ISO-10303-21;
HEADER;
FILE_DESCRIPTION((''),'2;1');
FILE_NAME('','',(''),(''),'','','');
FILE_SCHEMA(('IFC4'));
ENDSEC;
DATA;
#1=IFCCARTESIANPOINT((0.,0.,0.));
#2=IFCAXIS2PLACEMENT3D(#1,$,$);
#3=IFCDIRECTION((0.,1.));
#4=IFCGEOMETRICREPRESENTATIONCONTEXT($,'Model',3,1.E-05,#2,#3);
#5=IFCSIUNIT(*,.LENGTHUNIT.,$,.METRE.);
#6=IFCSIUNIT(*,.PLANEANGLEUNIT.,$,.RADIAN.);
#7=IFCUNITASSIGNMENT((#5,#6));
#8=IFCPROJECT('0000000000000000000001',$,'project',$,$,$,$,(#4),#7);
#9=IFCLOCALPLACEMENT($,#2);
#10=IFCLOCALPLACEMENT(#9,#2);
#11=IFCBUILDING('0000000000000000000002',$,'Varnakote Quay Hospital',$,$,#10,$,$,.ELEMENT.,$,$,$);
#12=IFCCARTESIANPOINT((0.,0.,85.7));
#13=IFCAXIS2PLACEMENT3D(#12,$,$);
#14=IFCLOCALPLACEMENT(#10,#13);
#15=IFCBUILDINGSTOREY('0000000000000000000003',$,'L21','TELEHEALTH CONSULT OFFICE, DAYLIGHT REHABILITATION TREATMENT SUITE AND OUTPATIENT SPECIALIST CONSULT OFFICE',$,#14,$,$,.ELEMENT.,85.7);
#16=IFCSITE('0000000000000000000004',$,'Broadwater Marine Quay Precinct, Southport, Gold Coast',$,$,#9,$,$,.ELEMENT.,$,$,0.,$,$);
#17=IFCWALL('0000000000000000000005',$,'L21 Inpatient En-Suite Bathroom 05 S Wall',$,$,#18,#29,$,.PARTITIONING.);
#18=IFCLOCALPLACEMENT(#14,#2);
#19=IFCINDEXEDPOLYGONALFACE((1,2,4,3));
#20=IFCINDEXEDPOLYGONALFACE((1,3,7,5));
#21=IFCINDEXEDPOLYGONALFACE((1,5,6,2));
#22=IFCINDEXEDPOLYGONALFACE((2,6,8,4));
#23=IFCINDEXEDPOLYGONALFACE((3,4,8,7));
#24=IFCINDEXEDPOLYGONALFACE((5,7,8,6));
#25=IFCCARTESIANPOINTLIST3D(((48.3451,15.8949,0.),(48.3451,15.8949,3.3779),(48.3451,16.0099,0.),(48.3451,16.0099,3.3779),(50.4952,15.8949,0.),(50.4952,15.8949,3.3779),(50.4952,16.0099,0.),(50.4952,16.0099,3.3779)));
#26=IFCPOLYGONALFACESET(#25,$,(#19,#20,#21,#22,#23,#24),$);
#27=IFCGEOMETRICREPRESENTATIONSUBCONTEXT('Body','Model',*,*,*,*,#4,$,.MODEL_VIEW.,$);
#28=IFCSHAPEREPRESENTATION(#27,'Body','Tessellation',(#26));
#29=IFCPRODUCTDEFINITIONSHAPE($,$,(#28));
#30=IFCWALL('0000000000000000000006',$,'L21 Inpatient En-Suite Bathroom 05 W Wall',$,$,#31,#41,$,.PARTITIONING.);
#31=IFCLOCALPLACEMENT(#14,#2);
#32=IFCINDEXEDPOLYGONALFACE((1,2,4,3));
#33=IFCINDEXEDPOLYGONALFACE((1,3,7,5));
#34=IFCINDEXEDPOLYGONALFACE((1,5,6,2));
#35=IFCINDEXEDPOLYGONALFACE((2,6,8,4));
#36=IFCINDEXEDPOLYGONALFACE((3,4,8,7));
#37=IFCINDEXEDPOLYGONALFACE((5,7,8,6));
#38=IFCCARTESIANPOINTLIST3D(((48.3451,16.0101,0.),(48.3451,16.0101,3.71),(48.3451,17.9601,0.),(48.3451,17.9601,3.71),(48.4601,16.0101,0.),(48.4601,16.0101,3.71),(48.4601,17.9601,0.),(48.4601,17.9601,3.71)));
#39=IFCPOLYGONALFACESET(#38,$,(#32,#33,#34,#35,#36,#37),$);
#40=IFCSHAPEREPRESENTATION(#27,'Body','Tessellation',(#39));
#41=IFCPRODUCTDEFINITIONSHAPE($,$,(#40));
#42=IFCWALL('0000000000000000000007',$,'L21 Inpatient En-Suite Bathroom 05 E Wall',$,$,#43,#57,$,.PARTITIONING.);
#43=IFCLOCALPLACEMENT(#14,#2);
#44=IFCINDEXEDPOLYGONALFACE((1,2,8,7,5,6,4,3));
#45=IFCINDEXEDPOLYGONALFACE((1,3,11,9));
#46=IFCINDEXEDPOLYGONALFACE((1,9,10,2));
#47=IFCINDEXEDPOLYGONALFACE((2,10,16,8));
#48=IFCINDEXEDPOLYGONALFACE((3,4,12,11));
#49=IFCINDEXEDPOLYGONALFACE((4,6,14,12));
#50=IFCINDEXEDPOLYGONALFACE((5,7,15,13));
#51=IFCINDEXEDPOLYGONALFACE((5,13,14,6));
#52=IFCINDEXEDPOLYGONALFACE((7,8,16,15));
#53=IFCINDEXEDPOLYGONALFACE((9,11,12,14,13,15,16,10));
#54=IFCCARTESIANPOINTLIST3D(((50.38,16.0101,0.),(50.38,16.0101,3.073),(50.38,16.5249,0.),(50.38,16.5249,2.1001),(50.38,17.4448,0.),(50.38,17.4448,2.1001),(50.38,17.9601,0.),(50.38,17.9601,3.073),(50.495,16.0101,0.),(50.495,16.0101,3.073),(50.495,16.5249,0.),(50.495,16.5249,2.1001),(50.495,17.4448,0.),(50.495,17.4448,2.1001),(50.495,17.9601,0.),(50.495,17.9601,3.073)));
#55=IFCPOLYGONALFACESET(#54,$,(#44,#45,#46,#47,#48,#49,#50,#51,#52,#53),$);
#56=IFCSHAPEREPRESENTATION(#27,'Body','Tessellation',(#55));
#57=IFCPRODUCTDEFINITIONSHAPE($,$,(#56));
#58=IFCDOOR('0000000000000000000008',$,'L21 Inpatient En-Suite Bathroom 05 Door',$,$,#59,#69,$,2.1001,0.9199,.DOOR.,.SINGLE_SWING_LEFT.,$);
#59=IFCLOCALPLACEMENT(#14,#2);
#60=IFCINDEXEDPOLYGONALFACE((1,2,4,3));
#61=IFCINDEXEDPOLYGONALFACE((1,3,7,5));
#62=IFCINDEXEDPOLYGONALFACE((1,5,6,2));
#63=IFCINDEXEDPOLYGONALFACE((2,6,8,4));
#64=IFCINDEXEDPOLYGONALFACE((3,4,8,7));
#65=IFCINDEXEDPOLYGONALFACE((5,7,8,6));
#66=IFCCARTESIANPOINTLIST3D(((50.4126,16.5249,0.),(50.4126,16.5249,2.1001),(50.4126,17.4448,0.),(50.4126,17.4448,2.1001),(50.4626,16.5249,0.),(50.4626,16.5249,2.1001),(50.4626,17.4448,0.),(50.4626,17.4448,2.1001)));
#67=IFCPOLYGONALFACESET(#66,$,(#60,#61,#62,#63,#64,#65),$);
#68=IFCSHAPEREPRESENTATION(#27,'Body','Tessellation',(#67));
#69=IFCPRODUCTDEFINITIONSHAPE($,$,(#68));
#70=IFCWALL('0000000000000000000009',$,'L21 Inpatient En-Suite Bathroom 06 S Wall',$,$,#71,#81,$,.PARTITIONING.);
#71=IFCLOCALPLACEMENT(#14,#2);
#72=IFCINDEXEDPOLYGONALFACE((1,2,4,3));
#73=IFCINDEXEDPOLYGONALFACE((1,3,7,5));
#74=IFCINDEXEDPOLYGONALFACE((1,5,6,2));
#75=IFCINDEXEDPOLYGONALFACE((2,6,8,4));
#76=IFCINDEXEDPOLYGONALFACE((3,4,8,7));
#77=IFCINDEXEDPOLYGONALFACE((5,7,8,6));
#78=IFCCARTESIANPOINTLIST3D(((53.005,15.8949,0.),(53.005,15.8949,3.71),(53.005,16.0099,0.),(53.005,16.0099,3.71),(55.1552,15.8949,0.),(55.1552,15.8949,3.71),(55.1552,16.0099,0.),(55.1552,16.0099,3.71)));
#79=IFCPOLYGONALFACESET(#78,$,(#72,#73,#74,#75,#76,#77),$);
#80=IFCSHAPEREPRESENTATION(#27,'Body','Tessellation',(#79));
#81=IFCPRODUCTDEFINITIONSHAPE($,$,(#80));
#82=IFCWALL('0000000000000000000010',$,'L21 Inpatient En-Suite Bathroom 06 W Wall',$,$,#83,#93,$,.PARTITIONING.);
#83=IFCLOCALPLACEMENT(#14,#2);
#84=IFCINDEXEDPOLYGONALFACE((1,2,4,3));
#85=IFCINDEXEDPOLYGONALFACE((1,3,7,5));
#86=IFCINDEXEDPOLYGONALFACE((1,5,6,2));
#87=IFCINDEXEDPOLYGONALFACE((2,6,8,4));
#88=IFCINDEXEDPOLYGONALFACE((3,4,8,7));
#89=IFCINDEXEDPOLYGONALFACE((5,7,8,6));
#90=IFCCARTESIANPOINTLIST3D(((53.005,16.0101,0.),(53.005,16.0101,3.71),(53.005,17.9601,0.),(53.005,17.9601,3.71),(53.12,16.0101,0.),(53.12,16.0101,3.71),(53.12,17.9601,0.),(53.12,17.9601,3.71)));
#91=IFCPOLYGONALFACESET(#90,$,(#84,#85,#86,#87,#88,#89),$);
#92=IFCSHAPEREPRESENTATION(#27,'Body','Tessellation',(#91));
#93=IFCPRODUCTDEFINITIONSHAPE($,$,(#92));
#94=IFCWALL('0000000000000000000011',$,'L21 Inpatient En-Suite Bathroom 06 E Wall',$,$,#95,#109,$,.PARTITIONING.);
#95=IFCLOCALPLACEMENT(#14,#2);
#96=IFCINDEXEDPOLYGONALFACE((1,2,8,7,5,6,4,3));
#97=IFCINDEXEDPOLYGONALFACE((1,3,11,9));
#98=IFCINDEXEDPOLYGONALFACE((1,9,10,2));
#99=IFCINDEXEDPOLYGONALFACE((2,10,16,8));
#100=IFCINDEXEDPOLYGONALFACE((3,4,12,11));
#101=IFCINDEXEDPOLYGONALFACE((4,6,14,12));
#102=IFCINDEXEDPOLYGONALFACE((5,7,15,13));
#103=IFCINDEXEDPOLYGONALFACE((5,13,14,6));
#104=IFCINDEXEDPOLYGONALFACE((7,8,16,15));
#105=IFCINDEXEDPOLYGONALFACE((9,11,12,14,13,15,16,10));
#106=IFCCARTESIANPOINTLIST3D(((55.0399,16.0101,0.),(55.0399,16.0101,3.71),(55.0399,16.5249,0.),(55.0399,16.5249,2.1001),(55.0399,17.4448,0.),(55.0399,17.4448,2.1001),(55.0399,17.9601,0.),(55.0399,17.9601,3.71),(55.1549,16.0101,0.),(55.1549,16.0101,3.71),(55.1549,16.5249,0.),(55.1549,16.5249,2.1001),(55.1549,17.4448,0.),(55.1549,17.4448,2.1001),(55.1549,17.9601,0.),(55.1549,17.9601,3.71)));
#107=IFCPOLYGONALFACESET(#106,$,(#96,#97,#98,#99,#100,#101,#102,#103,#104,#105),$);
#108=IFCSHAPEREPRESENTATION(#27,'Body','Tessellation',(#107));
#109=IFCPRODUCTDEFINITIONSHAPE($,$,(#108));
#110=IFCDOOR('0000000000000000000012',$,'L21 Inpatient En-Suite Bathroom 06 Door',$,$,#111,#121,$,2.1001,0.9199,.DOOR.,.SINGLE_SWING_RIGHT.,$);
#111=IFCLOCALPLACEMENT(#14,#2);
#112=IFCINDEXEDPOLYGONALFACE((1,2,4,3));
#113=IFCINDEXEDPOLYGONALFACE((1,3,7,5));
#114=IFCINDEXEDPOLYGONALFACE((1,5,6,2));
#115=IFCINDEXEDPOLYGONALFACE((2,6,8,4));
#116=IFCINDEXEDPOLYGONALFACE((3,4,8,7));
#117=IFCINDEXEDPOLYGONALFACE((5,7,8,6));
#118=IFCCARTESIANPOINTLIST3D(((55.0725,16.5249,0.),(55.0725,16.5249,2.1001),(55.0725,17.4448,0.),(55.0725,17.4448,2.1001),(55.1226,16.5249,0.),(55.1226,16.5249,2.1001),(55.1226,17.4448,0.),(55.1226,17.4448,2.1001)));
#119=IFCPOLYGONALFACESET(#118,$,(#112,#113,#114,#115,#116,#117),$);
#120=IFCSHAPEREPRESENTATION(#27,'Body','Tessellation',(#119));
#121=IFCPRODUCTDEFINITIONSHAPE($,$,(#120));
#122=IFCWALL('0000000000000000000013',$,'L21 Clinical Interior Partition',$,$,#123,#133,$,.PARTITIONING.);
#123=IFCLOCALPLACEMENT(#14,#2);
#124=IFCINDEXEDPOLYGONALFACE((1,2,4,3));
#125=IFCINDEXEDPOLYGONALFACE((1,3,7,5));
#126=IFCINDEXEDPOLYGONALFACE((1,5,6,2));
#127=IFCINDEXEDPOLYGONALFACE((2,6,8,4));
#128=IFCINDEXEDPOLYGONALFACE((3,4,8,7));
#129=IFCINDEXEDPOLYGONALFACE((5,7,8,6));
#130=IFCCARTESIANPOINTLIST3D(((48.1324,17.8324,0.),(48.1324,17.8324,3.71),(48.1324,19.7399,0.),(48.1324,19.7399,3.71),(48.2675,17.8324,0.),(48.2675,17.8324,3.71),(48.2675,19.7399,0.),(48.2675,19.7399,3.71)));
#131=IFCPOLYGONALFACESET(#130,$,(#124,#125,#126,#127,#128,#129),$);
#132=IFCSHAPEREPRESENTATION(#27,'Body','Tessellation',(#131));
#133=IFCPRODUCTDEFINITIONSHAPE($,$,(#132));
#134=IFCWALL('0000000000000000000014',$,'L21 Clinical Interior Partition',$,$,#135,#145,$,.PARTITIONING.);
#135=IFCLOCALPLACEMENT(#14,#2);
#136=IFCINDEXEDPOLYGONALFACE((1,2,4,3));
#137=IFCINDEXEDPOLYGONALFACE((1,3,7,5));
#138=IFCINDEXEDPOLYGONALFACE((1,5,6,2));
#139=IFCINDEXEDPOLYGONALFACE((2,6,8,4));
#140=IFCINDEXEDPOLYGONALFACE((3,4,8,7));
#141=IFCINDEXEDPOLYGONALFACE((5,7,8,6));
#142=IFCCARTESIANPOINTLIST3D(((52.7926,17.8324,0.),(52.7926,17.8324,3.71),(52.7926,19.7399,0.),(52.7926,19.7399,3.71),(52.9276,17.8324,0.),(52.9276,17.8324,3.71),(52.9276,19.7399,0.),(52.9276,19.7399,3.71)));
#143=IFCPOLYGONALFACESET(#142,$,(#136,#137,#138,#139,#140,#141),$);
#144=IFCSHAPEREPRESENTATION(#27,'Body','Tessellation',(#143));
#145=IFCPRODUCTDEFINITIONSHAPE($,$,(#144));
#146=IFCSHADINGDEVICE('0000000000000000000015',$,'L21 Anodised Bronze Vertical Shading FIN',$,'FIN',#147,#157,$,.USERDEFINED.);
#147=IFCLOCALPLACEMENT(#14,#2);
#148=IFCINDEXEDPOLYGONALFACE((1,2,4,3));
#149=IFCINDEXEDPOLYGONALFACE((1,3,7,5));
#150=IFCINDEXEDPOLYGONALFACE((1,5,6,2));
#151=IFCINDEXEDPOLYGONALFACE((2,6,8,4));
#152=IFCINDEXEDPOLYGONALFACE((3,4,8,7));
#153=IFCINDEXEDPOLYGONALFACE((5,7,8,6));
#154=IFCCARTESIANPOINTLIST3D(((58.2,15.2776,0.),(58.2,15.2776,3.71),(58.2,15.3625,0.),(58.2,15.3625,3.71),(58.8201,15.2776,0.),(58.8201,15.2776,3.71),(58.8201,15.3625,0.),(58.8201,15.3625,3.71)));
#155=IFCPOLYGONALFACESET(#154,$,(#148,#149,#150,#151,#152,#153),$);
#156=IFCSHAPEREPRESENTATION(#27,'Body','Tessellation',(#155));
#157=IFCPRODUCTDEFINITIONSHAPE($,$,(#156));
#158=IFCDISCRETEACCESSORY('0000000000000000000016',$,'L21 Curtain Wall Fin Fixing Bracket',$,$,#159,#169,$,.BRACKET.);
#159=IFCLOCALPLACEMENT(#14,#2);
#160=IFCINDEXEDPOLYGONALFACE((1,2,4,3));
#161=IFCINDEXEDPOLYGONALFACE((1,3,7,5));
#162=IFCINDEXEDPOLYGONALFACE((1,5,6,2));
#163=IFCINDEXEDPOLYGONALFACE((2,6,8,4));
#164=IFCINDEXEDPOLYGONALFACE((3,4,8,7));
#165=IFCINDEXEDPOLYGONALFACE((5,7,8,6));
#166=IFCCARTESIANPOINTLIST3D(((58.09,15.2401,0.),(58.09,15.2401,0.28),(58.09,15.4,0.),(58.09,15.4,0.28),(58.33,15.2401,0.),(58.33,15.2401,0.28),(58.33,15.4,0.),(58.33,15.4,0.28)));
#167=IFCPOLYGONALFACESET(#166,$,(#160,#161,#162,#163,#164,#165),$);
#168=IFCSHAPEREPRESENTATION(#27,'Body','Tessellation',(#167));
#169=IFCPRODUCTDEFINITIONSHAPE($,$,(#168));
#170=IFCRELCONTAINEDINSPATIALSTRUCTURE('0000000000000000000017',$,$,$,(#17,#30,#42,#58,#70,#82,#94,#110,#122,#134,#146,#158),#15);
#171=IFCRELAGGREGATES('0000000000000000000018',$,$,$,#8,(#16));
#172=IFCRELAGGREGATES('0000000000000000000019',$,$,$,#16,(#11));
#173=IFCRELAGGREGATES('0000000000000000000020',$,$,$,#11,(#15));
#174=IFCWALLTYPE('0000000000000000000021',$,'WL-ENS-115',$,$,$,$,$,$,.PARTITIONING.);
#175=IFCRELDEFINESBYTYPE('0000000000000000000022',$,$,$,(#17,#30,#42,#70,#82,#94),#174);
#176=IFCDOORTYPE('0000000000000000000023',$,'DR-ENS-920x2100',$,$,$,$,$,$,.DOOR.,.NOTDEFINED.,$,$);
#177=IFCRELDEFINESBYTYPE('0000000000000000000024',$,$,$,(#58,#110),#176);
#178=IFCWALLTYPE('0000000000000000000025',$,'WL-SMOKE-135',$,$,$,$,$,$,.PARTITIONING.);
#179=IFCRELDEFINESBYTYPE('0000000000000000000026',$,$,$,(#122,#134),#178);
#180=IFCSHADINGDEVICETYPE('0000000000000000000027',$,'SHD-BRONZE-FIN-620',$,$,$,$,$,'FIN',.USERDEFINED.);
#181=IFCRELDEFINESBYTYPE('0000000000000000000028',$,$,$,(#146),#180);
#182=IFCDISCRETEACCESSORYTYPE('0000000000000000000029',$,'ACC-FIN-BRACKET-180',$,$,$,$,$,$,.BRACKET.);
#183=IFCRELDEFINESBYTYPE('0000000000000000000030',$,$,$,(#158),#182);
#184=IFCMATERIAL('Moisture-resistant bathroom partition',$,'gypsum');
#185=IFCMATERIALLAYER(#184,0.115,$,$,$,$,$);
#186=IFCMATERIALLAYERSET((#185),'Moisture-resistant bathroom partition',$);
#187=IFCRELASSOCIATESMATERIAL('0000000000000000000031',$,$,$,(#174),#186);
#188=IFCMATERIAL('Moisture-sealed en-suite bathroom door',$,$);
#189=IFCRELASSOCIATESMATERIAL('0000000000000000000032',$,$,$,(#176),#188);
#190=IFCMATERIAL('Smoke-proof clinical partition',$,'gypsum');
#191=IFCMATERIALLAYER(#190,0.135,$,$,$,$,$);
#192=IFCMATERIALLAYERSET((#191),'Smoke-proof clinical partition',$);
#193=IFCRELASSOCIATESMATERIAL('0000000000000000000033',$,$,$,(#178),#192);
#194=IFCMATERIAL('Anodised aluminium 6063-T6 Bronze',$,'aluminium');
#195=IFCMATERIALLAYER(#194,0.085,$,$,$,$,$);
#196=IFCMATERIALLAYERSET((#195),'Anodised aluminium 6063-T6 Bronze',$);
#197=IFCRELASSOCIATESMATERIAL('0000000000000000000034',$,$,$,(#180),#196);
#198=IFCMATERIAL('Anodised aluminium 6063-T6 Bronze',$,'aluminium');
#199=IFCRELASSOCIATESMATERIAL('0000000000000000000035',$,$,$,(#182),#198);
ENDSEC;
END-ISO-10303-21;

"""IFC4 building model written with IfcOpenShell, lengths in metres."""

from ifc_helpers import new_model, si_unit, direction, frame, frame_2d, origin, origin_2d, place, context, subcontext, project, spatial, rectangle, extrude, material, layer, layer_set, type_object, element, fill, save


model = new_model("IFC4")

# Units and contexts
model_context = context("Model", 3, precision=1e-05, world=origin(), true_north=direction((0.0, 1.0)))
body_context = subcontext(model_context, "Body", "Model", "MODEL_VIEW")
ifc_project = project(units=[si_unit("LENGTHUNIT", "METRE"), si_unit("PLANEANGLEUNIT", "RADIAN")], contexts=[model_context])

# Site, building, storey
site_placement = place(None, origin())
site = spatial("IfcSite", under=ifc_project, at=site_placement, Name="Broadwater Marine Quay Precinct, Southport, Gold Coast", CompositionType="ELEMENT", RefElevation=0.0)
building_placement = place(site_placement, origin())
building = spatial("IfcBuilding", under=site, at=building_placement, Name="Varnakote Quay Hospital", CompositionType="ELEMENT")
storey_placement = place(building_placement, frame((0.0, 0.0, 85.7)))
storey = spatial("IfcBuildingStorey", under=building, at=storey_placement, Name="L21", Description="TELEHEALTH CONSULT OFFICE, DAYLIGHT REHABILITATION TREATMENT SUITE AND OUTPATIENT SPECIALIST CONSULT OFFICE", CompositionType="ELEMENT", Elevation=85.7)

# Walls
ifc_material_1 = material(Name="Moisture-resistant bathroom partition", Category="gypsum")
ifc_layer_1 = layer(ifc_material_1, 0.115)
ifc_layer_set_1 = layer_set([ifc_layer_1], Name="Moisture-resistant bathroom partition")
wall_type_1 = type_object("IfcWallType", Name="WL-ENS-115", PredefinedType="PARTITIONING", material=ifc_layer_set_1)
wall_1_placement = place(storey_placement, frame((48.345, 15.9524, 0.0), z_axis=(0.0, 0.0, 1.0), x_axis=(1.0, 0.0, 0.0)))
element("IfcWall", 1, at=wall_1_placement, inside=storey, type_object=wall_type_1, Name="L21 Inpatient En-Suite Bathroom 05 S Wall", PredefinedType="PARTITIONING", context=body_context, shape_type="SweptSolid", body=[
    extrude(rectangle(XDim=2.1501, YDim=0.115, at=frame_2d((1.0752, 0.0))), origin(), (0.0, 0.0, 1.0), 3.3779),
])
wall_2_placement = place(storey_placement, frame((48.4026, 16.01, 0.0), z_axis=(0.0, 0.0, 1.0), x_axis=(0.0, 1.0, 0.0)))
element("IfcWall", 2, at=wall_2_placement, inside=storey, type_object=wall_type_1, Name="L21 Inpatient En-Suite Bathroom 05 W Wall", PredefinedType="PARTITIONING", context=body_context, shape_type="SweptSolid", body=[
    extrude(rectangle(XDim=1.95, YDim=0.115, at=frame_2d((0.9751, 0.0))), origin(), (0.0, 0.0, 1.0), 3.71),
])

# Wall, opening, door
wall_3_placement = place(storey_placement, frame((50.4375, 16.01, 0.0), z_axis=(0.0, 0.0, 1.0), x_axis=(0.0, 1.0, 0.0)))
wall_3 = element("IfcWall", 3, at=wall_3_placement, inside=storey, type_object=wall_type_1, Name="L21 Inpatient En-Suite Bathroom 05 E Wall", PredefinedType="PARTITIONING", context=body_context, shape_type="SweptSolid", body=[
    extrude(rectangle(XDim=1.95, YDim=0.115, at=frame_2d((0.9751, 0.0))), origin(), (0.0, 0.0, 1.0), 3.073),
])
opening_1_placement = place(wall_3_placement, frame((0.5149, 0.0, 0.0)))
opening_1 = element("IfcOpeningElement", 4, at=opening_1_placement, cuts=wall_3, PredefinedType="OPENING", context=body_context, shape_type="SweptSolid", body=[
    extrude(rectangle(XDim=0.9199, YDim=2.1001, at=frame_2d((0.46, 1.05))), frame((0.0, 0.0674, 0.0), z_axis=(0.0, -1.0, 0.0), x_axis=(1.0, 0.0, 0.0)), (0.0, 0.0, 1.0), 0.135),
])
ifc_material_2 = material(Name="Moisture-sealed en-suite bathroom door")
door_type_1 = type_object("IfcDoorType", Name="DR-ENS-920x2100", OperationType="NOTDEFINED", PredefinedType="DOOR", material=ifc_material_2)
door_1_placement = place(opening_1_placement, origin())
door_1 = element("IfcDoor", 5, at=door_1_placement, inside=storey, type_object=door_type_1, Name="L21 Inpatient En-Suite Bathroom 05 Door", OperationType="SINGLE_SWING_LEFT", OverallHeight=2.1001, OverallWidth=0.9199, PredefinedType="DOOR", context=body_context, shape_type="SweptSolid", body=[
    extrude(rectangle(XDim=0.9199, YDim=2.1001, at=frame_2d((0.46, 1.05))), frame((0.0, 0.0249, 0.0), z_axis=(0.0, -1.0, 0.0), x_axis=(1.0, 0.0, 0.0)), (0.0, 0.0, 1.0), 0.05),
])
fill(opening_1, door_1)

# Walls
wall_4_placement = place(storey_placement, frame((53.0049, 15.9524, 0.0), z_axis=(0.0, 0.0, 1.0), x_axis=(1.0, 0.0, 0.0)))
element("IfcWall", 6, at=wall_4_placement, inside=storey, type_object=wall_type_1, Name="L21 Inpatient En-Suite Bathroom 06 S Wall", PredefinedType="PARTITIONING", context=body_context, shape_type="SweptSolid", body=[
    extrude(rectangle(XDim=2.1501, YDim=0.115, at=frame_2d((1.0752, 0.0))), origin(), (0.0, 0.0, 1.0), 3.71),
])
wall_5_placement = place(storey_placement, frame((53.0625, 16.01, 0.0), z_axis=(0.0, 0.0, 1.0), x_axis=(0.0, 1.0, 0.0)))
element("IfcWall", 7, at=wall_5_placement, inside=storey, type_object=wall_type_1, Name="L21 Inpatient En-Suite Bathroom 06 W Wall", PredefinedType="PARTITIONING", context=body_context, shape_type="SweptSolid", body=[
    extrude(rectangle(XDim=1.95, YDim=0.115, at=frame_2d((0.9751, 0.0))), origin(), (0.0, 0.0, 1.0), 3.71),
])

# Wall, opening, door
wall_6_placement = place(storey_placement, frame((55.0974, 16.01, 0.0), z_axis=(0.0, 0.0, 1.0), x_axis=(0.0, 1.0, 0.0)))
wall_6 = element("IfcWall", 8, at=wall_6_placement, inside=storey, type_object=wall_type_1, Name="L21 Inpatient En-Suite Bathroom 06 E Wall", PredefinedType="PARTITIONING", context=body_context, shape_type="SweptSolid", body=[
    extrude(rectangle(XDim=1.95, YDim=0.115, at=frame_2d((0.9751, 0.0))), origin(), (0.0, 0.0, 1.0), 3.71),
])
opening_2_placement = place(wall_6_placement, frame((0.5149, 0.0, 0.0)))
opening_2 = element("IfcOpeningElement", 9, at=opening_2_placement, cuts=wall_6, PredefinedType="OPENING", context=body_context, shape_type="SweptSolid", body=[
    extrude(rectangle(XDim=0.9199, YDim=2.1001, at=frame_2d((0.46, 1.05))), frame((0.0, 0.0674, 0.0), z_axis=(0.0, -1.0, 0.0), x_axis=(1.0, 0.0, 0.0)), (0.0, 0.0, 1.0), 0.135),
])
door_2_placement = place(opening_2_placement, origin())
door_2 = element("IfcDoor", 10, at=door_2_placement, inside=storey, type_object=door_type_1, Name="L21 Inpatient En-Suite Bathroom 06 Door", OperationType="SINGLE_SWING_RIGHT", OverallHeight=2.1001, OverallWidth=0.9199, PredefinedType="DOOR", context=body_context, shape_type="SweptSolid", body=[
    extrude(rectangle(XDim=0.9199, YDim=2.1001, at=frame_2d((0.46, 1.05))), frame((0.0, 0.0249, 0.0), z_axis=(0.0, -1.0, 0.0), x_axis=(1.0, 0.0, 0.0)), (0.0, 0.0, 1.0), 0.05),
])
fill(opening_2, door_2)

# Walls
ifc_material_3 = material(Name="Smoke-proof clinical partition", Category="gypsum")
ifc_layer_2 = layer(ifc_material_3, 0.135)
ifc_layer_set_2 = layer_set([ifc_layer_2], Name="Smoke-proof clinical partition")
wall_type_2 = type_object("IfcWallType", Name="WL-SMOKE-135", PredefinedType="PARTITIONING", material=ifc_layer_set_2)
for number, where, z_axis, x_axis, name in (
    (11, (48.2, 17.8325, 0.0), (0.0, 0.0, 1.0), (0.0, 1.0, 0.0), "L21 Clinical Interior Partition"),
    (12, (52.8601, 17.8325, 0.0), (0.0, 0.0, 1.0), (0.0, 1.0, 0.0), "L21 Clinical Interior Partition"),
):
    element("IfcWall", number, at=place(storey_placement, frame(where, z_axis=z_axis, x_axis=x_axis)), inside=storey, type_object=wall_type_2, Name=name, PredefinedType="PARTITIONING", context=body_context, shape_type="SweptSolid", body=[
        extrude(rectangle(XDim=1.9075, YDim=0.135, at=frame_2d((0.9536, 0.0))), origin(), (0.0, 0.0, 1.0), 3.71),
    ])

# Shading device
ifc_material_4 = material(Name="Anodised aluminium 6063-T6 Bronze", Category="aluminium")
ifc_layer_3 = layer(ifc_material_4, 0.085)
ifc_layer_set_3 = layer_set([ifc_layer_3], Name="Anodised aluminium 6063-T6 Bronze")
shading_device_type = type_object("IfcShadingDeviceType", Name="SHD-BRONZE-FIN-620", ElementType="FIN", PredefinedType="USERDEFINED", material=ifc_layer_set_3)
shading_device_placement = place(storey_placement, frame((58.51, 15.3201, 0.0), z_axis=(0.0, 0.0, 1.0), x_axis=(-1.0, 0.0, 0.0)))
element("IfcShadingDevice", 13, at=shading_device_placement, inside=storey, type_object=shading_device_type, Name="L21 Anodised Bronze Vertical Shading FIN", ObjectType="FIN", PredefinedType="USERDEFINED", context=body_context, shape_type="SweptSolid", body=[
    extrude(rectangle(XDim=0.6201, YDim=0.085, at=origin_2d()), origin(), (0.0, 0.0, 1.0), 3.71),
])

# Discrete accessory
ifc_material_5 = material(Name="Anodised aluminium 6063-T6 Bronze", Category="aluminium")
discrete_accessory_type = type_object("IfcDiscreteAccessoryType", Name="ACC-FIN-BRACKET-180", PredefinedType="BRACKET", material=ifc_material_5)
discrete_accessory_placement = place(storey_placement, frame((58.21, 15.3201, 0.0), z_axis=(0.0, 0.0, 1.0), x_axis=(0.0, 1.0, 0.0)))
element("IfcDiscreteAccessory", 14, at=discrete_accessory_placement, inside=storey, type_object=discrete_accessory_type, Name="L21 Curtain Wall Fin Fixing Bracket", PredefinedType="BRACKET", context=body_context, shape_type="SweptSolid", body=[
    extrude(rectangle(XDim=0.1599, YDim=0.24, at=origin_2d()), origin(), (0.0, 0.0, 1.0), 0.28),
])

save(model, "model.ifc")
